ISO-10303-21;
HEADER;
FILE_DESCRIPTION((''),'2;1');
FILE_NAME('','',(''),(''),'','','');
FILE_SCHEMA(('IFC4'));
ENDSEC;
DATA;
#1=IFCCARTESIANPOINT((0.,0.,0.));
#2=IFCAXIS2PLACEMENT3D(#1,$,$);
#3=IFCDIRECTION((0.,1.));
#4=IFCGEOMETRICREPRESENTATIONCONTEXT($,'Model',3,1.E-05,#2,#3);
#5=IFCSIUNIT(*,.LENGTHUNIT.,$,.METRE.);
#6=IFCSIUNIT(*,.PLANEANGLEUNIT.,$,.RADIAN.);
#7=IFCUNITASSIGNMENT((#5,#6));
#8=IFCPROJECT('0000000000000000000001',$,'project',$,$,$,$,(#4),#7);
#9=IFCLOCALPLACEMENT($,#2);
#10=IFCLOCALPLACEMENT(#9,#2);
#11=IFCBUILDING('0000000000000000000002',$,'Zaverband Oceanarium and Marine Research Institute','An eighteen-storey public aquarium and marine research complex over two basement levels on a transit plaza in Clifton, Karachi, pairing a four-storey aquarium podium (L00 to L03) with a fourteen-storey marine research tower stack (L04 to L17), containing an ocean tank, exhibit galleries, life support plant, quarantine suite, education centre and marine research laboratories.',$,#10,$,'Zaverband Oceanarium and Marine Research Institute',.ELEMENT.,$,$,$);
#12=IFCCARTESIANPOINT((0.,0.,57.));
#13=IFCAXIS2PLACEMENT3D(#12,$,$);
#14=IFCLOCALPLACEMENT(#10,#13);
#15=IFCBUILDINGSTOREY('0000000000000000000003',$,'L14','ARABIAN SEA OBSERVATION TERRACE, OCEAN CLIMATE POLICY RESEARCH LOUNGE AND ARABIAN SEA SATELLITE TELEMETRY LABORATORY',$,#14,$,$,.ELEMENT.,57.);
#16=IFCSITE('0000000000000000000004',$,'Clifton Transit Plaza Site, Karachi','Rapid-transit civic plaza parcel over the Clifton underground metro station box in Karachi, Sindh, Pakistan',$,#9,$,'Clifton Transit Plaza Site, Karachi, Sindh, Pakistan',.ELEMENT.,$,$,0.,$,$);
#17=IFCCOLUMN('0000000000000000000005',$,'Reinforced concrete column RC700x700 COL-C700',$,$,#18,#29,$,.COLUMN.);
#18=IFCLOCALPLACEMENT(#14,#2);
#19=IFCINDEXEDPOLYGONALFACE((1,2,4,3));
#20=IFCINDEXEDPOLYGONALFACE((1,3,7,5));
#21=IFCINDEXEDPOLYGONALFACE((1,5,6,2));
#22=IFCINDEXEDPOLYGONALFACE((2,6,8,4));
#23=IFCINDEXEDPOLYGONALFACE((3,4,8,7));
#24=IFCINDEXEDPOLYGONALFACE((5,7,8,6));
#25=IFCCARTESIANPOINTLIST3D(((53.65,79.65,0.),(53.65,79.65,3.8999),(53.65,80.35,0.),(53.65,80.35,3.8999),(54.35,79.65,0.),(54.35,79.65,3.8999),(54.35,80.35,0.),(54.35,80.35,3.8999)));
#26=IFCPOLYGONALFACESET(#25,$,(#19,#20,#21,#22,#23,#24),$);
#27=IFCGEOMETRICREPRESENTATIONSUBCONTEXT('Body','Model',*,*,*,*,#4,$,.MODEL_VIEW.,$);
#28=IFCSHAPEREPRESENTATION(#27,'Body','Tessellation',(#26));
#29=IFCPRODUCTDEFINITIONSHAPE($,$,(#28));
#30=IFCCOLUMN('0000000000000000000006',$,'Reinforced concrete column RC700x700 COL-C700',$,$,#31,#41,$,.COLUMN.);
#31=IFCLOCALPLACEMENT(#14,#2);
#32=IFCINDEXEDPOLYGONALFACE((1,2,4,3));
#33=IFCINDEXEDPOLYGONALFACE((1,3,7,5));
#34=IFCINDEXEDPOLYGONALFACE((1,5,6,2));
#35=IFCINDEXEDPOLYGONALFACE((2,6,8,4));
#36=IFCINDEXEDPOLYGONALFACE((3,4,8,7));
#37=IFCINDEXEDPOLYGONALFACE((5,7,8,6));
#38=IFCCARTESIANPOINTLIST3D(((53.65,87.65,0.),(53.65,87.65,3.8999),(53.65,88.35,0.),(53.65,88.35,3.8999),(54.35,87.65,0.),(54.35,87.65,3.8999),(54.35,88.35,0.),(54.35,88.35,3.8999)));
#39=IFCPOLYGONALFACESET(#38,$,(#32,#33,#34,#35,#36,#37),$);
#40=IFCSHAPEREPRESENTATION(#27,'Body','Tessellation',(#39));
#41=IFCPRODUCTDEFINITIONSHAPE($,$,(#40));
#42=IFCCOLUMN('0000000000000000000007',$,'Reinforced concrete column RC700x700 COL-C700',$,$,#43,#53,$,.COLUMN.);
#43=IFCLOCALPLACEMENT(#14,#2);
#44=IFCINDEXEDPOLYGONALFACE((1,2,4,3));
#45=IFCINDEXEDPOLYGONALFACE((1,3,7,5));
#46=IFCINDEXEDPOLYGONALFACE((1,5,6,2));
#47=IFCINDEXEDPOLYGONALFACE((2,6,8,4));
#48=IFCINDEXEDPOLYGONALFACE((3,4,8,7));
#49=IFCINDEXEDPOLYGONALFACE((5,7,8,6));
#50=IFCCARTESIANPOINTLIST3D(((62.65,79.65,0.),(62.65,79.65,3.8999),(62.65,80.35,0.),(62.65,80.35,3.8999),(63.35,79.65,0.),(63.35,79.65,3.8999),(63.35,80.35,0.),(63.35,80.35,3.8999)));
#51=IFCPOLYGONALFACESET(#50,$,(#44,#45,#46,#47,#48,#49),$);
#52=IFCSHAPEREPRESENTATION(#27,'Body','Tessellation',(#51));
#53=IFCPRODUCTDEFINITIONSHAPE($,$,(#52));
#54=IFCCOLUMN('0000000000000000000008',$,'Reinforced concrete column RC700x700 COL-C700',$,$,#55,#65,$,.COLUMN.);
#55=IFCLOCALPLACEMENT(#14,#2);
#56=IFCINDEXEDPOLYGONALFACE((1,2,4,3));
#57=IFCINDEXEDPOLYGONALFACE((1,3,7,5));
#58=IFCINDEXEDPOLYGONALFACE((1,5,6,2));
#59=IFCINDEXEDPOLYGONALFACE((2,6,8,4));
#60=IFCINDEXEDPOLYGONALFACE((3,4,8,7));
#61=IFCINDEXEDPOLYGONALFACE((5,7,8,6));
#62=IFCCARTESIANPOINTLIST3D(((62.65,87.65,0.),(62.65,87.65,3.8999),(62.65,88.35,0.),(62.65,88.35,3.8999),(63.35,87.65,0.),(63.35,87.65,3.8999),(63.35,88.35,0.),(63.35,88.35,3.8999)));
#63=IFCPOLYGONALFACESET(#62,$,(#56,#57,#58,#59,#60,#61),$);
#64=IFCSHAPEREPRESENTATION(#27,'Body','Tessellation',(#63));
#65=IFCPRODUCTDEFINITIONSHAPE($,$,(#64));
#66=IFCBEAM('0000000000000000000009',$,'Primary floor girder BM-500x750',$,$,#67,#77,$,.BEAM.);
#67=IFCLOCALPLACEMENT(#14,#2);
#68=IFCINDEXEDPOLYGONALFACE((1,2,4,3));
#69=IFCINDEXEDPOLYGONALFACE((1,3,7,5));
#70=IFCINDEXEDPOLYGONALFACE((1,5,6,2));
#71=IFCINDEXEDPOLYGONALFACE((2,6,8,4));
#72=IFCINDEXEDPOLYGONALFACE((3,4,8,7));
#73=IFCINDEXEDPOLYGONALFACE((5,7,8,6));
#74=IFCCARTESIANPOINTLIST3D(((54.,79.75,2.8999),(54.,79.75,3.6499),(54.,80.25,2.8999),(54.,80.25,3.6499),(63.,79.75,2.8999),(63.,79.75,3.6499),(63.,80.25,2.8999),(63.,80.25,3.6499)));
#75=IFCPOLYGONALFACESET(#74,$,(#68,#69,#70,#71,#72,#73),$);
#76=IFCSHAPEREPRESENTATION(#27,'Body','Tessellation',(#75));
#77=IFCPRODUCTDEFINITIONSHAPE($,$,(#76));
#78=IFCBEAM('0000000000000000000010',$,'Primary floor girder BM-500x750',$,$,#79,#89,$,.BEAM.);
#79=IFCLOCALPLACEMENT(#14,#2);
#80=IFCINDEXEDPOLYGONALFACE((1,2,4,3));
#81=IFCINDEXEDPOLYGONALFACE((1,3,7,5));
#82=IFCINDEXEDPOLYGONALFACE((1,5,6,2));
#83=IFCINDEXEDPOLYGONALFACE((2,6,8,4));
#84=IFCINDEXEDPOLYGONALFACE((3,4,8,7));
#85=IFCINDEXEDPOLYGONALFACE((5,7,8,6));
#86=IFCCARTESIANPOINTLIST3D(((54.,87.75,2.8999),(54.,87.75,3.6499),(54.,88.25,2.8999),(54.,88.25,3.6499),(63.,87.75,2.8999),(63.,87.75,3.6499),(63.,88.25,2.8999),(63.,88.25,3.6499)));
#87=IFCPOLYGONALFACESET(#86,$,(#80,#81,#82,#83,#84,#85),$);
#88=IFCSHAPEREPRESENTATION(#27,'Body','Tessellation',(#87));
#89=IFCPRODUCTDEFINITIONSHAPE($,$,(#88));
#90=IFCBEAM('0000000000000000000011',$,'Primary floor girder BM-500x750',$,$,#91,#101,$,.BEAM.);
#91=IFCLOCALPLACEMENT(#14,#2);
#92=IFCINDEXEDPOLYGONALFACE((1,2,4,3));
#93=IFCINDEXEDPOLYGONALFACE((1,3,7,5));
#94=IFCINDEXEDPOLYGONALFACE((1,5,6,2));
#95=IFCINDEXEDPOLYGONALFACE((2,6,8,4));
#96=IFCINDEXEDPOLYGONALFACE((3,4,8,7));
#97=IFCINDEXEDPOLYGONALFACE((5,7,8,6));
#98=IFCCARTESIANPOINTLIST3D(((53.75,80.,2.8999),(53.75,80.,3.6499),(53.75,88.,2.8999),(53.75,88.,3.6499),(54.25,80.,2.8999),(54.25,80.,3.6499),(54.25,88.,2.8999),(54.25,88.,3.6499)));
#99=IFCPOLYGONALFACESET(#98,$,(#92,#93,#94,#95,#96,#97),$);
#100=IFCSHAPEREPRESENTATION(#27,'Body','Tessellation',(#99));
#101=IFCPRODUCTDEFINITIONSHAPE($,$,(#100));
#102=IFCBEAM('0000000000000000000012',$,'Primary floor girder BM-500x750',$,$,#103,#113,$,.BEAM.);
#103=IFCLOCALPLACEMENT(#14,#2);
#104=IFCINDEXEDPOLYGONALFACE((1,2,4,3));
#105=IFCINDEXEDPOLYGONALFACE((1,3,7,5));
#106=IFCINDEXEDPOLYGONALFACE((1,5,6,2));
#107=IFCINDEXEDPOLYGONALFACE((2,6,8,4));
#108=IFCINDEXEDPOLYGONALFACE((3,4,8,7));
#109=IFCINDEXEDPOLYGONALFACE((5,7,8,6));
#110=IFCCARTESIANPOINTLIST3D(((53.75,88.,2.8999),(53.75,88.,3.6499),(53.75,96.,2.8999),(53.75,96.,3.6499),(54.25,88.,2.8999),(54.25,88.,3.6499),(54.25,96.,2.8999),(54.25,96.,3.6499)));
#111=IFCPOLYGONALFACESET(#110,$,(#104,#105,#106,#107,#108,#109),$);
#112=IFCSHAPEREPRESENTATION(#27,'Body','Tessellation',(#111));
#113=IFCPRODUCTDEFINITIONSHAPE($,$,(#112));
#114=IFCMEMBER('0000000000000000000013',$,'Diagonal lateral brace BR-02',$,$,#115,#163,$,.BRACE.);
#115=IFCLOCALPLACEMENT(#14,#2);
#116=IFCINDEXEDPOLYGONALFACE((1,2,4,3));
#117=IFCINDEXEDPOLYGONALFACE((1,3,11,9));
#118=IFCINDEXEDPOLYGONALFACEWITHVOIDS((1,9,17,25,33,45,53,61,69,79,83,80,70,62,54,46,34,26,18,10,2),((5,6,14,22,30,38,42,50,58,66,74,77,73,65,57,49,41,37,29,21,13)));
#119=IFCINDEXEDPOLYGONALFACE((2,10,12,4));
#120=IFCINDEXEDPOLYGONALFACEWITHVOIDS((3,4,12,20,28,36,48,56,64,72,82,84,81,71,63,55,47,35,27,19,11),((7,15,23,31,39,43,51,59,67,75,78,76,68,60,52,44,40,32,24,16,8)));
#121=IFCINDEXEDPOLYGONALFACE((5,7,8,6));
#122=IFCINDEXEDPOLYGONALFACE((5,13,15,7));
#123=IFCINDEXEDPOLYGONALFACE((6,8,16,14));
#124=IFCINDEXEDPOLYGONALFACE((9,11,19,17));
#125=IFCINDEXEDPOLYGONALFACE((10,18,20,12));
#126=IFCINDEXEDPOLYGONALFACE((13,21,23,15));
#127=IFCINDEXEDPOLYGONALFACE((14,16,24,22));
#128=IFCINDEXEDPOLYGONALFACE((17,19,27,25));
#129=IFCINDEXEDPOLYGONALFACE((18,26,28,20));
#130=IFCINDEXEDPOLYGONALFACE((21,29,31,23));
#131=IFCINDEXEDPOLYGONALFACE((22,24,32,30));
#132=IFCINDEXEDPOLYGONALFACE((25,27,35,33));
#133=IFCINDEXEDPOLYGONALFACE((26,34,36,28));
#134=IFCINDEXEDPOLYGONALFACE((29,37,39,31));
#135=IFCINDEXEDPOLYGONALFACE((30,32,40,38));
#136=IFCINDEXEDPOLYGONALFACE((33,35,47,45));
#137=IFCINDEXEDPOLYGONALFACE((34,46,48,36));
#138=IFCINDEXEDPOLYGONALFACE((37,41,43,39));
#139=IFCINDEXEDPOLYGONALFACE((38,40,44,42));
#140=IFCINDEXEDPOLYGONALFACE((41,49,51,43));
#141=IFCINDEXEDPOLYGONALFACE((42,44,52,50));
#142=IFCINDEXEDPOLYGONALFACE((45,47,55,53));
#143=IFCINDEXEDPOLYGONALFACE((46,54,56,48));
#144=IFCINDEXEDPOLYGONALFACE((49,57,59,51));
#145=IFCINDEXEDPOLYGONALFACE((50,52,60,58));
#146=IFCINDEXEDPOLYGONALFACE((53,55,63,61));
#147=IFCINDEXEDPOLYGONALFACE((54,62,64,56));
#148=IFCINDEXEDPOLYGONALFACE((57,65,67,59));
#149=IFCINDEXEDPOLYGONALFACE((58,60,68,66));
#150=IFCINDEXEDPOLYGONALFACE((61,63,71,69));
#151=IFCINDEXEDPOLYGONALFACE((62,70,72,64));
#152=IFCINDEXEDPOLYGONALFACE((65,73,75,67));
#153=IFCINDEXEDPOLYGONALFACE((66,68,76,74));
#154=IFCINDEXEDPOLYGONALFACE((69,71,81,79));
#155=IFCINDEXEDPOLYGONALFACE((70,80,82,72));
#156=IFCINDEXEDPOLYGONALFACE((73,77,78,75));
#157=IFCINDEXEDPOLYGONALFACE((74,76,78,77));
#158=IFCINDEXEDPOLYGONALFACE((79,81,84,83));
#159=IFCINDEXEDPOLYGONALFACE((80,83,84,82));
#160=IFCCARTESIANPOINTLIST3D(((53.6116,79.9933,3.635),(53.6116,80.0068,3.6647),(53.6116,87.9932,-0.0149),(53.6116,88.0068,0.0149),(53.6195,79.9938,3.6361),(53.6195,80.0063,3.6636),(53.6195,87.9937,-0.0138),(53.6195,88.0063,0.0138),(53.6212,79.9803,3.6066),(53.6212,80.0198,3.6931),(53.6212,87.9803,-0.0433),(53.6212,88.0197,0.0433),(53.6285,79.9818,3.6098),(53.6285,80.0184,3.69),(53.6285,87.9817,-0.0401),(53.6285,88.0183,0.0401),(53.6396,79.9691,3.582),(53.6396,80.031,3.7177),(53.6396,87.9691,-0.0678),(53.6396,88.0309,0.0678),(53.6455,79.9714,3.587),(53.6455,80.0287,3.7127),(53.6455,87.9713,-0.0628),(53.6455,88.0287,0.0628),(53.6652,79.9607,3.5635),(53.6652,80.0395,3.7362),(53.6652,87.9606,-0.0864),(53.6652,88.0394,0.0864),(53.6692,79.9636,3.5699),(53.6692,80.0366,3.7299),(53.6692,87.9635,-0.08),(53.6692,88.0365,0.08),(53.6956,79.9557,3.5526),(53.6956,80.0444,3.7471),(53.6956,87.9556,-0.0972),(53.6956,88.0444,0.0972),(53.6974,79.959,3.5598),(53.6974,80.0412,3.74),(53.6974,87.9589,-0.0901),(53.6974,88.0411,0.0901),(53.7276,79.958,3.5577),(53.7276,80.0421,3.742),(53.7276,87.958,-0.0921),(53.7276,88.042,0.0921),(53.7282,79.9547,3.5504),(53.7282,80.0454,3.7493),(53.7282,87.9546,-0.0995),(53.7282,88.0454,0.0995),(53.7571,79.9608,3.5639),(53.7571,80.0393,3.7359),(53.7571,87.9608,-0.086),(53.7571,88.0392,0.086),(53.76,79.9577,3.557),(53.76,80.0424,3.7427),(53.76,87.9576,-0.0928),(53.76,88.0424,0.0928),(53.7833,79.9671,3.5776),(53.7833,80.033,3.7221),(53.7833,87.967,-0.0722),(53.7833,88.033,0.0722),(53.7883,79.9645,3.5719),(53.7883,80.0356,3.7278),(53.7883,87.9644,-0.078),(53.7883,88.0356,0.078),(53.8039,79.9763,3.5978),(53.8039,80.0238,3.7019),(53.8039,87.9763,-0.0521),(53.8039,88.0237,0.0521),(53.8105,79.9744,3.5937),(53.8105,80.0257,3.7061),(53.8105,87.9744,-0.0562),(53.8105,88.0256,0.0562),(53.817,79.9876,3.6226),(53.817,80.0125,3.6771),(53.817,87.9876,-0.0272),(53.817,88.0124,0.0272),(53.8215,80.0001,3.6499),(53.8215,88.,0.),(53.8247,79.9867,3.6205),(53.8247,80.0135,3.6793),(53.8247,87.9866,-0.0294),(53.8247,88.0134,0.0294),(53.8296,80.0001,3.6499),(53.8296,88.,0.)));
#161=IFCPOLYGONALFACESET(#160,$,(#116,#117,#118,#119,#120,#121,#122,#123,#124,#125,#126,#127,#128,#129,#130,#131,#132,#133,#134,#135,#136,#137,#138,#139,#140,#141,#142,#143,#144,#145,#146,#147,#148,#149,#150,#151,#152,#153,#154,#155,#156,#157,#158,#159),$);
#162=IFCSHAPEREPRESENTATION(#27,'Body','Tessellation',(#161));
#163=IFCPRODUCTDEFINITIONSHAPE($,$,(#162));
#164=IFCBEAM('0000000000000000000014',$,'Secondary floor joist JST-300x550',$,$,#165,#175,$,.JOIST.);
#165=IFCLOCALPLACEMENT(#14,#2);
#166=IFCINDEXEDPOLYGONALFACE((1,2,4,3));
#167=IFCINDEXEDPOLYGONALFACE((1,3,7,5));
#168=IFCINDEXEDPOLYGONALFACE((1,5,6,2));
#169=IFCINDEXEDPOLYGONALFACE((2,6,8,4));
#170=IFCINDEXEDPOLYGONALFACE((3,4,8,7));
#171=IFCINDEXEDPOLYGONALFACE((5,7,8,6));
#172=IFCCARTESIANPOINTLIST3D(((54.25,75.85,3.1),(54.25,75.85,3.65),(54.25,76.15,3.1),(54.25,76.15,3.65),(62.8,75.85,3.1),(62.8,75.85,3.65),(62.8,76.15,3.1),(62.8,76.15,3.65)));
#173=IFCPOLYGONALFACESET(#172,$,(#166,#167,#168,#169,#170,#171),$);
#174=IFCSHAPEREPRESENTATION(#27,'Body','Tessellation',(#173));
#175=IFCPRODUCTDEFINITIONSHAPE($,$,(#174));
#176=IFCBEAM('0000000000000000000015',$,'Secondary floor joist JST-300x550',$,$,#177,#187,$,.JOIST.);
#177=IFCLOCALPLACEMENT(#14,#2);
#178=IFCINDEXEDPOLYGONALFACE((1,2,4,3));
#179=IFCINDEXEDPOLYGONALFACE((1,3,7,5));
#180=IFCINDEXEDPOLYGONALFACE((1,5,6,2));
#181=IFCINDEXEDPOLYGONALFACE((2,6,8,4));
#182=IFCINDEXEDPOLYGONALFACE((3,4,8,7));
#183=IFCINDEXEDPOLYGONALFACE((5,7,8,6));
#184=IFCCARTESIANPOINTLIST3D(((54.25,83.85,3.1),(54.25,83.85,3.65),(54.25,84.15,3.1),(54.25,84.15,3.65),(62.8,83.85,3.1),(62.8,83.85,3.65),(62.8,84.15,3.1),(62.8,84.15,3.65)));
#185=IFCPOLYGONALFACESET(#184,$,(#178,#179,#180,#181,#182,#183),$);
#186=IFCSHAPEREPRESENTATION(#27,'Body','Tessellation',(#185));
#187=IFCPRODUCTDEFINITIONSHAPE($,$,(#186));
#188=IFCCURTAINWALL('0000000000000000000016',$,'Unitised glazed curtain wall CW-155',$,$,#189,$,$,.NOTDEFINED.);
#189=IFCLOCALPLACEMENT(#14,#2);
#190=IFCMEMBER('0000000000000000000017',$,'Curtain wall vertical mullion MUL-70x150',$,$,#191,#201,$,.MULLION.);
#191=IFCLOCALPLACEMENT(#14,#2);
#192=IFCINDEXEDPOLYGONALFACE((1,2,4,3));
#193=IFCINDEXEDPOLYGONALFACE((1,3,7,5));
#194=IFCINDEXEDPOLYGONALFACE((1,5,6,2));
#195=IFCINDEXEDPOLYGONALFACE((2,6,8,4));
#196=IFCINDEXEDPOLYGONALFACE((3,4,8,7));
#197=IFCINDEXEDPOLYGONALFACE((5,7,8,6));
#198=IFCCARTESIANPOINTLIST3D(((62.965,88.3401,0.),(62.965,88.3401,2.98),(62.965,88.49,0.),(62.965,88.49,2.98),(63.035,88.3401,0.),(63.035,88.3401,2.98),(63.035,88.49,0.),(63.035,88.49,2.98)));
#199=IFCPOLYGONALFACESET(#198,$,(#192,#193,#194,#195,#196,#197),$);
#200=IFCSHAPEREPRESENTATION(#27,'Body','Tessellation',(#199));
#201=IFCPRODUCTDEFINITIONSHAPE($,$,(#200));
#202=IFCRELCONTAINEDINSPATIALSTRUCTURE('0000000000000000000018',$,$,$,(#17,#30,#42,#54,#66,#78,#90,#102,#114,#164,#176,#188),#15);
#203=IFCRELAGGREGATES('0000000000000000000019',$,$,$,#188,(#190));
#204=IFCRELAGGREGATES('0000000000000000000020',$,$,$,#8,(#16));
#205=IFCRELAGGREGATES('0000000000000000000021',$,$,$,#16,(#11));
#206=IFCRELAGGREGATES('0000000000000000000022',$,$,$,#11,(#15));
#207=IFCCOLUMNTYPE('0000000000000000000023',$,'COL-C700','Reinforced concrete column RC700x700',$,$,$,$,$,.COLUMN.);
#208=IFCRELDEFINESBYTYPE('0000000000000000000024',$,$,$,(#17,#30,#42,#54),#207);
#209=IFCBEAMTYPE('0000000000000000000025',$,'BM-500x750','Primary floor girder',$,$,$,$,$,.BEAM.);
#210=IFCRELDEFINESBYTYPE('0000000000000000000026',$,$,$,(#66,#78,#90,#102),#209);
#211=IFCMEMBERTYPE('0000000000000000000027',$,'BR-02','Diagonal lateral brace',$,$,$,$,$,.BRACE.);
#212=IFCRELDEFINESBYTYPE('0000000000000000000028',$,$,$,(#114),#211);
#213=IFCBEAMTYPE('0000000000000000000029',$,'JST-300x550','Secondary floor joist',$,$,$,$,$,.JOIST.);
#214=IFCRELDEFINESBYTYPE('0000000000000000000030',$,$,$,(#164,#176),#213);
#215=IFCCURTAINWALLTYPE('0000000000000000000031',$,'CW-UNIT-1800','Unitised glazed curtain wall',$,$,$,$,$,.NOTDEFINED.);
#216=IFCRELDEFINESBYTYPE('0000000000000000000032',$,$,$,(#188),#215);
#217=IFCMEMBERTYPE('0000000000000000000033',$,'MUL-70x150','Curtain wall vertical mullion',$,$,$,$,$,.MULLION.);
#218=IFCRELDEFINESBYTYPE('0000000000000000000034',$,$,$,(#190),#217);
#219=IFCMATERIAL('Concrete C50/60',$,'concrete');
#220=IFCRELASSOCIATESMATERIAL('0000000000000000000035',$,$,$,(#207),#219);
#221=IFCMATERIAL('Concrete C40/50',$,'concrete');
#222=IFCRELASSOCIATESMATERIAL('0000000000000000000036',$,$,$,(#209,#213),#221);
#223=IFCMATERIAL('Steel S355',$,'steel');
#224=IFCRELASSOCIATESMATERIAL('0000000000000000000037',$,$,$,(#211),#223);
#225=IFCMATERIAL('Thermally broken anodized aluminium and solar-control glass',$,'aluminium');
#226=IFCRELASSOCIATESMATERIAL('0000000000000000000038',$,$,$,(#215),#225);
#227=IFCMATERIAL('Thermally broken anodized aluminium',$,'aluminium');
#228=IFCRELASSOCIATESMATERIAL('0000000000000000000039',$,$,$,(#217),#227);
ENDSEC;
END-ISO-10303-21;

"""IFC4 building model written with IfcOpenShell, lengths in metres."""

from ifc_helpers import new_model, si_unit, direction, frame, origin, origin_2d, place, context, subcontext, project, spatial, rectangle, hollow_circle, extrude, material, material_profile, profile_set, type_object, element, aggregate, save


model = new_model("IFC4")

# Units and contexts
model_context = context("Model", 3, precision=1e-05, world=origin(), true_north=direction((0.0, 1.0)))
body_context = subcontext(model_context, "Body", "Model", "MODEL_VIEW")
ifc_project = project(units=[si_unit("LENGTHUNIT", "METRE"), si_unit("PLANEANGLEUNIT", "RADIAN")], contexts=[model_context])

# Site, building, storey
site_placement = place(None, origin())
site = spatial("IfcSite", under=ifc_project, at=site_placement, Name="Clifton Transit Plaza Site, Karachi", Description="Rapid-transit civic plaza parcel over the Clifton underground metro station box in Karachi, Sindh, Pakistan", LongName="Clifton Transit Plaza Site, Karachi, Sindh, Pakistan", CompositionType="ELEMENT", RefElevation=0.0)
building_placement = place(site_placement, origin())
building = spatial("IfcBuilding", under=site, at=building_placement, Name="Zaverband Oceanarium and Marine Research Institute", Description="An eighteen-storey public aquarium and marine research complex over two basement levels on a transit plaza in Clifton, Karachi, pairing a four-storey aquarium podium (L00 to L03) with a fourteen-storey marine research tower stack (L04 to L17), containing an ocean tank, exhibit galleries, life support plant, quarantine suite, education centre and marine research laboratories.", LongName="Zaverband Oceanarium and Marine Research Institute", CompositionType="ELEMENT")
storey_placement = place(building_placement, frame((0.0, 0.0, 57.0)))
storey = spatial("IfcBuildingStorey", under=building, at=storey_placement, Name="L14", Description="ARABIAN SEA OBSERVATION TERRACE, OCEAN CLIMATE POLICY RESEARCH LOUNGE AND ARABIAN SEA SATELLITE TELEMETRY LABORATORY", CompositionType="ELEMENT", Elevation=57.0)

# Columns
ifc_material_1 = material(Name="Concrete C50/60", Category="concrete")
ifc_material_profile_1 = material_profile(ifc_material_1, rectangle(XDim=0.7, YDim=0.7, at=origin_2d()), Name="RC700x700")
ifc_profile_set_1 = profile_set([ifc_material_profile_1], Name="Concrete C50/60")
column_type = type_object("IfcColumnType", Name="COL-C700", Description="Reinforced concrete column RC700x700", PredefinedType="COLUMN", material=ifc_profile_set_1)
for number, where, z_axis, x_axis, name in (
    (1, (54.0, 80.0, 0.0), (0.0, 0.0, 1.0), (1.0, 0.0, 0.0), "Reinforced concrete column RC700x700 COL-C700"),
    (2, (54.0, 88.0, 0.0), (0.0, 0.0, 1.0), (1.0, 0.0, 0.0), "Reinforced concrete column RC700x700 COL-C700"),
    (3, (63.0, 80.0, 0.0), (0.0, 0.0, 1.0), (1.0, 0.0, 0.0), "Reinforced concrete column RC700x700 COL-C700"),
    (4, (63.0, 88.0, 0.0), (0.0, 0.0, 1.0), (1.0, 0.0, 0.0), "Reinforced concrete column RC700x700 COL-C700"),
):
    element("IfcColumn", number, at=place(storey_placement, frame(where, z_axis=z_axis, x_axis=x_axis)), inside=storey, type_object=column_type, Name=name, PredefinedType="COLUMN", context=body_context, shape_type="SweptSolid", body=[
        extrude(rectangle(XDim=0.7, YDim=0.7, at=origin_2d()), origin(), (0.0, 0.0, 1.0), 3.8999),
    ])

# Beams
ifc_material_2 = material(Name="Concrete C40/50", Category="concrete")
ifc_material_profile_2 = material_profile(ifc_material_2, rectangle(XDim=0.5, YDim=0.75, at=origin_2d()), Name="RC500x750")
ifc_profile_set_2 = profile_set([ifc_material_profile_2], Name="Concrete C40/50")
beam_type_1 = type_object("IfcBeamType", Name="BM-500x750", Description="Primary floor girder", PredefinedType="BEAM", material=ifc_profile_set_2)
for number, where, z_axis, x_axis, name in (
    (5, (54.0, 80.0, 3.2749), (1.0, 0.0, 0.0), (0.0, 1.0, 0.0), "Primary floor girder BM-500x750"),
    (6, (54.0, 88.0, 3.2749), (1.0, 0.0, 0.0), (0.0, 1.0, 0.0), "Primary floor girder BM-500x750"),
):
    element("IfcBeam", number, at=place(storey_placement, frame(where, z_axis=z_axis, x_axis=x_axis)), inside=storey, type_object=beam_type_1, Name=name, PredefinedType="BEAM", context=body_context, shape_type="SweptSolid", body=[
        extrude(rectangle(XDim=0.5, YDim=0.75, at=origin_2d()), origin(), (0.0, 0.0, 1.0), 9.0),
    ])
for number, where, z_axis, x_axis, name in (
    (7, (54.0, 80.0, 3.2749), (0.0, 1.0, 0.0), (-1.0, 0.0, 0.0), "Primary floor girder BM-500x750"),
    (8, (54.0, 88.0, 3.2749), (0.0, 1.0, 0.0), (-1.0, 0.0, 0.0), "Primary floor girder BM-500x750"),
):
    element("IfcBeam", number, at=place(storey_placement, frame(where, z_axis=z_axis, x_axis=x_axis)), inside=storey, type_object=beam_type_1, Name=name, PredefinedType="BEAM", context=body_context, shape_type="SweptSolid", body=[
        extrude(rectangle(XDim=0.5, YDim=0.75, at=origin_2d()), origin(), (0.0, 0.0, 1.0), 8.0),
    ])

# Member
ifc_material_3 = material(Name="Steel S355", Category="steel")
ifc_material_profile_3 = material_profile(ifc_material_3, hollow_circle(Radius=0.1096, WallThickness=0.0081, at=origin_2d()), Name="CHS219x8")
ifc_profile_set_3 = profile_set([ifc_material_profile_3], Name="Steel S355")
member_type_1 = type_object("IfcMemberType", Name="BR-02", Description="Diagonal lateral brace", PredefinedType="BRACE", material=ifc_profile_set_3)
member_1_placement = place(storey_placement, frame((53.72, 88.0, 0.0), z_axis=(0.0, -0.909786, 0.415079), x_axis=(1.0, 0.0, 0.0)))
element("IfcMember", 9, at=member_1_placement, inside=storey, type_object=member_type_1, Name="Diagonal lateral brace BR-02", PredefinedType="BRACE", context=body_context, shape_type="SweptSolid", body=[
    extrude(hollow_circle(Radius=0.1096, WallThickness=0.0081, at=origin_2d()), origin(), (0.0, 0.0, 1.0), 8.7932),
])

# Beams
ifc_material_profile_4 = material_profile(ifc_material_2, rectangle(XDim=0.3, YDim=0.55, at=origin_2d()), Name="RC300x550")
ifc_profile_set_4 = profile_set([ifc_material_profile_4], Name="Concrete C40/50")
beam_type_2 = type_object("IfcBeamType", Name="JST-300x550", Description="Secondary floor joist", PredefinedType="JOIST", material=ifc_profile_set_4)
for number, where, z_axis, x_axis, name in (
    (10, (54.25, 76.0, 3.375), (1.0, 0.0, 0.0), (0.0, 1.0, 0.0), "Secondary floor joist JST-300x550"),
    (11, (54.25, 84.0, 3.375), (1.0, 0.0, 0.0), (0.0, 1.0, 0.0), "Secondary floor joist JST-300x550"),
):
    element("IfcBeam", number, at=place(storey_placement, frame(where, z_axis=z_axis, x_axis=x_axis)), inside=storey, type_object=beam_type_2, Name=name, PredefinedType="JOIST", context=body_context, shape_type="SweptSolid", body=[
        extrude(rectangle(XDim=0.3, YDim=0.55, at=origin_2d()), origin(), (0.0, 0.0, 1.0), 8.55),
    ])

# Curtain wall, member
ifc_material_4 = material(Name="Thermally broken anodized aluminium and solar-control glass", Category="aluminium")
curtain_wall_type = type_object("IfcCurtainWallType", Name="CW-UNIT-1800", Description="Unitised glazed curtain wall", PredefinedType="NOTDEFINED", material=ifc_material_4)
curtain_wall_placement = place(storey_placement, origin())
curtain_wall = element("IfcCurtainWall", 12, at=curtain_wall_placement, inside=storey, type_object=curtain_wall_type, Name="Unitised glazed curtain wall CW-155", PredefinedType="NOTDEFINED")
ifc_material_5 = material(Name="Thermally broken anodized aluminium", Category="aluminium")
ifc_material_profile_5 = material_profile(ifc_material_5, rectangle(XDim=0.0701, YDim=0.1499, at=origin_2d()), Name="AL-MUL-70x150")
ifc_profile_set_5 = profile_set([ifc_material_profile_5], Name="Thermally broken anodized aluminium")
member_type_2 = type_object("IfcMemberType", Name="MUL-70x150", Description="Curtain wall vertical mullion", PredefinedType="MULLION", material=ifc_profile_set_5)
member_2_placement = place(storey_placement, frame((63.0, 88.415, 0.0), z_axis=(0.0, 0.0, 1.0), x_axis=(1.0, 0.0, 0.0)))
member_2 = element("IfcMember", 13, at=member_2_placement, type_object=member_type_2, Name="Curtain wall vertical mullion MUL-70x150", PredefinedType="MULLION", context=body_context, shape_type="SweptSolid", body=[
    extrude(rectangle(XDim=0.0701, YDim=0.1499, at=origin_2d()), origin(), (0.0, 0.0, 1.0), 2.98),
])

aggregate(curtain_wall, [member_2])

save(model, "model.ifc")
